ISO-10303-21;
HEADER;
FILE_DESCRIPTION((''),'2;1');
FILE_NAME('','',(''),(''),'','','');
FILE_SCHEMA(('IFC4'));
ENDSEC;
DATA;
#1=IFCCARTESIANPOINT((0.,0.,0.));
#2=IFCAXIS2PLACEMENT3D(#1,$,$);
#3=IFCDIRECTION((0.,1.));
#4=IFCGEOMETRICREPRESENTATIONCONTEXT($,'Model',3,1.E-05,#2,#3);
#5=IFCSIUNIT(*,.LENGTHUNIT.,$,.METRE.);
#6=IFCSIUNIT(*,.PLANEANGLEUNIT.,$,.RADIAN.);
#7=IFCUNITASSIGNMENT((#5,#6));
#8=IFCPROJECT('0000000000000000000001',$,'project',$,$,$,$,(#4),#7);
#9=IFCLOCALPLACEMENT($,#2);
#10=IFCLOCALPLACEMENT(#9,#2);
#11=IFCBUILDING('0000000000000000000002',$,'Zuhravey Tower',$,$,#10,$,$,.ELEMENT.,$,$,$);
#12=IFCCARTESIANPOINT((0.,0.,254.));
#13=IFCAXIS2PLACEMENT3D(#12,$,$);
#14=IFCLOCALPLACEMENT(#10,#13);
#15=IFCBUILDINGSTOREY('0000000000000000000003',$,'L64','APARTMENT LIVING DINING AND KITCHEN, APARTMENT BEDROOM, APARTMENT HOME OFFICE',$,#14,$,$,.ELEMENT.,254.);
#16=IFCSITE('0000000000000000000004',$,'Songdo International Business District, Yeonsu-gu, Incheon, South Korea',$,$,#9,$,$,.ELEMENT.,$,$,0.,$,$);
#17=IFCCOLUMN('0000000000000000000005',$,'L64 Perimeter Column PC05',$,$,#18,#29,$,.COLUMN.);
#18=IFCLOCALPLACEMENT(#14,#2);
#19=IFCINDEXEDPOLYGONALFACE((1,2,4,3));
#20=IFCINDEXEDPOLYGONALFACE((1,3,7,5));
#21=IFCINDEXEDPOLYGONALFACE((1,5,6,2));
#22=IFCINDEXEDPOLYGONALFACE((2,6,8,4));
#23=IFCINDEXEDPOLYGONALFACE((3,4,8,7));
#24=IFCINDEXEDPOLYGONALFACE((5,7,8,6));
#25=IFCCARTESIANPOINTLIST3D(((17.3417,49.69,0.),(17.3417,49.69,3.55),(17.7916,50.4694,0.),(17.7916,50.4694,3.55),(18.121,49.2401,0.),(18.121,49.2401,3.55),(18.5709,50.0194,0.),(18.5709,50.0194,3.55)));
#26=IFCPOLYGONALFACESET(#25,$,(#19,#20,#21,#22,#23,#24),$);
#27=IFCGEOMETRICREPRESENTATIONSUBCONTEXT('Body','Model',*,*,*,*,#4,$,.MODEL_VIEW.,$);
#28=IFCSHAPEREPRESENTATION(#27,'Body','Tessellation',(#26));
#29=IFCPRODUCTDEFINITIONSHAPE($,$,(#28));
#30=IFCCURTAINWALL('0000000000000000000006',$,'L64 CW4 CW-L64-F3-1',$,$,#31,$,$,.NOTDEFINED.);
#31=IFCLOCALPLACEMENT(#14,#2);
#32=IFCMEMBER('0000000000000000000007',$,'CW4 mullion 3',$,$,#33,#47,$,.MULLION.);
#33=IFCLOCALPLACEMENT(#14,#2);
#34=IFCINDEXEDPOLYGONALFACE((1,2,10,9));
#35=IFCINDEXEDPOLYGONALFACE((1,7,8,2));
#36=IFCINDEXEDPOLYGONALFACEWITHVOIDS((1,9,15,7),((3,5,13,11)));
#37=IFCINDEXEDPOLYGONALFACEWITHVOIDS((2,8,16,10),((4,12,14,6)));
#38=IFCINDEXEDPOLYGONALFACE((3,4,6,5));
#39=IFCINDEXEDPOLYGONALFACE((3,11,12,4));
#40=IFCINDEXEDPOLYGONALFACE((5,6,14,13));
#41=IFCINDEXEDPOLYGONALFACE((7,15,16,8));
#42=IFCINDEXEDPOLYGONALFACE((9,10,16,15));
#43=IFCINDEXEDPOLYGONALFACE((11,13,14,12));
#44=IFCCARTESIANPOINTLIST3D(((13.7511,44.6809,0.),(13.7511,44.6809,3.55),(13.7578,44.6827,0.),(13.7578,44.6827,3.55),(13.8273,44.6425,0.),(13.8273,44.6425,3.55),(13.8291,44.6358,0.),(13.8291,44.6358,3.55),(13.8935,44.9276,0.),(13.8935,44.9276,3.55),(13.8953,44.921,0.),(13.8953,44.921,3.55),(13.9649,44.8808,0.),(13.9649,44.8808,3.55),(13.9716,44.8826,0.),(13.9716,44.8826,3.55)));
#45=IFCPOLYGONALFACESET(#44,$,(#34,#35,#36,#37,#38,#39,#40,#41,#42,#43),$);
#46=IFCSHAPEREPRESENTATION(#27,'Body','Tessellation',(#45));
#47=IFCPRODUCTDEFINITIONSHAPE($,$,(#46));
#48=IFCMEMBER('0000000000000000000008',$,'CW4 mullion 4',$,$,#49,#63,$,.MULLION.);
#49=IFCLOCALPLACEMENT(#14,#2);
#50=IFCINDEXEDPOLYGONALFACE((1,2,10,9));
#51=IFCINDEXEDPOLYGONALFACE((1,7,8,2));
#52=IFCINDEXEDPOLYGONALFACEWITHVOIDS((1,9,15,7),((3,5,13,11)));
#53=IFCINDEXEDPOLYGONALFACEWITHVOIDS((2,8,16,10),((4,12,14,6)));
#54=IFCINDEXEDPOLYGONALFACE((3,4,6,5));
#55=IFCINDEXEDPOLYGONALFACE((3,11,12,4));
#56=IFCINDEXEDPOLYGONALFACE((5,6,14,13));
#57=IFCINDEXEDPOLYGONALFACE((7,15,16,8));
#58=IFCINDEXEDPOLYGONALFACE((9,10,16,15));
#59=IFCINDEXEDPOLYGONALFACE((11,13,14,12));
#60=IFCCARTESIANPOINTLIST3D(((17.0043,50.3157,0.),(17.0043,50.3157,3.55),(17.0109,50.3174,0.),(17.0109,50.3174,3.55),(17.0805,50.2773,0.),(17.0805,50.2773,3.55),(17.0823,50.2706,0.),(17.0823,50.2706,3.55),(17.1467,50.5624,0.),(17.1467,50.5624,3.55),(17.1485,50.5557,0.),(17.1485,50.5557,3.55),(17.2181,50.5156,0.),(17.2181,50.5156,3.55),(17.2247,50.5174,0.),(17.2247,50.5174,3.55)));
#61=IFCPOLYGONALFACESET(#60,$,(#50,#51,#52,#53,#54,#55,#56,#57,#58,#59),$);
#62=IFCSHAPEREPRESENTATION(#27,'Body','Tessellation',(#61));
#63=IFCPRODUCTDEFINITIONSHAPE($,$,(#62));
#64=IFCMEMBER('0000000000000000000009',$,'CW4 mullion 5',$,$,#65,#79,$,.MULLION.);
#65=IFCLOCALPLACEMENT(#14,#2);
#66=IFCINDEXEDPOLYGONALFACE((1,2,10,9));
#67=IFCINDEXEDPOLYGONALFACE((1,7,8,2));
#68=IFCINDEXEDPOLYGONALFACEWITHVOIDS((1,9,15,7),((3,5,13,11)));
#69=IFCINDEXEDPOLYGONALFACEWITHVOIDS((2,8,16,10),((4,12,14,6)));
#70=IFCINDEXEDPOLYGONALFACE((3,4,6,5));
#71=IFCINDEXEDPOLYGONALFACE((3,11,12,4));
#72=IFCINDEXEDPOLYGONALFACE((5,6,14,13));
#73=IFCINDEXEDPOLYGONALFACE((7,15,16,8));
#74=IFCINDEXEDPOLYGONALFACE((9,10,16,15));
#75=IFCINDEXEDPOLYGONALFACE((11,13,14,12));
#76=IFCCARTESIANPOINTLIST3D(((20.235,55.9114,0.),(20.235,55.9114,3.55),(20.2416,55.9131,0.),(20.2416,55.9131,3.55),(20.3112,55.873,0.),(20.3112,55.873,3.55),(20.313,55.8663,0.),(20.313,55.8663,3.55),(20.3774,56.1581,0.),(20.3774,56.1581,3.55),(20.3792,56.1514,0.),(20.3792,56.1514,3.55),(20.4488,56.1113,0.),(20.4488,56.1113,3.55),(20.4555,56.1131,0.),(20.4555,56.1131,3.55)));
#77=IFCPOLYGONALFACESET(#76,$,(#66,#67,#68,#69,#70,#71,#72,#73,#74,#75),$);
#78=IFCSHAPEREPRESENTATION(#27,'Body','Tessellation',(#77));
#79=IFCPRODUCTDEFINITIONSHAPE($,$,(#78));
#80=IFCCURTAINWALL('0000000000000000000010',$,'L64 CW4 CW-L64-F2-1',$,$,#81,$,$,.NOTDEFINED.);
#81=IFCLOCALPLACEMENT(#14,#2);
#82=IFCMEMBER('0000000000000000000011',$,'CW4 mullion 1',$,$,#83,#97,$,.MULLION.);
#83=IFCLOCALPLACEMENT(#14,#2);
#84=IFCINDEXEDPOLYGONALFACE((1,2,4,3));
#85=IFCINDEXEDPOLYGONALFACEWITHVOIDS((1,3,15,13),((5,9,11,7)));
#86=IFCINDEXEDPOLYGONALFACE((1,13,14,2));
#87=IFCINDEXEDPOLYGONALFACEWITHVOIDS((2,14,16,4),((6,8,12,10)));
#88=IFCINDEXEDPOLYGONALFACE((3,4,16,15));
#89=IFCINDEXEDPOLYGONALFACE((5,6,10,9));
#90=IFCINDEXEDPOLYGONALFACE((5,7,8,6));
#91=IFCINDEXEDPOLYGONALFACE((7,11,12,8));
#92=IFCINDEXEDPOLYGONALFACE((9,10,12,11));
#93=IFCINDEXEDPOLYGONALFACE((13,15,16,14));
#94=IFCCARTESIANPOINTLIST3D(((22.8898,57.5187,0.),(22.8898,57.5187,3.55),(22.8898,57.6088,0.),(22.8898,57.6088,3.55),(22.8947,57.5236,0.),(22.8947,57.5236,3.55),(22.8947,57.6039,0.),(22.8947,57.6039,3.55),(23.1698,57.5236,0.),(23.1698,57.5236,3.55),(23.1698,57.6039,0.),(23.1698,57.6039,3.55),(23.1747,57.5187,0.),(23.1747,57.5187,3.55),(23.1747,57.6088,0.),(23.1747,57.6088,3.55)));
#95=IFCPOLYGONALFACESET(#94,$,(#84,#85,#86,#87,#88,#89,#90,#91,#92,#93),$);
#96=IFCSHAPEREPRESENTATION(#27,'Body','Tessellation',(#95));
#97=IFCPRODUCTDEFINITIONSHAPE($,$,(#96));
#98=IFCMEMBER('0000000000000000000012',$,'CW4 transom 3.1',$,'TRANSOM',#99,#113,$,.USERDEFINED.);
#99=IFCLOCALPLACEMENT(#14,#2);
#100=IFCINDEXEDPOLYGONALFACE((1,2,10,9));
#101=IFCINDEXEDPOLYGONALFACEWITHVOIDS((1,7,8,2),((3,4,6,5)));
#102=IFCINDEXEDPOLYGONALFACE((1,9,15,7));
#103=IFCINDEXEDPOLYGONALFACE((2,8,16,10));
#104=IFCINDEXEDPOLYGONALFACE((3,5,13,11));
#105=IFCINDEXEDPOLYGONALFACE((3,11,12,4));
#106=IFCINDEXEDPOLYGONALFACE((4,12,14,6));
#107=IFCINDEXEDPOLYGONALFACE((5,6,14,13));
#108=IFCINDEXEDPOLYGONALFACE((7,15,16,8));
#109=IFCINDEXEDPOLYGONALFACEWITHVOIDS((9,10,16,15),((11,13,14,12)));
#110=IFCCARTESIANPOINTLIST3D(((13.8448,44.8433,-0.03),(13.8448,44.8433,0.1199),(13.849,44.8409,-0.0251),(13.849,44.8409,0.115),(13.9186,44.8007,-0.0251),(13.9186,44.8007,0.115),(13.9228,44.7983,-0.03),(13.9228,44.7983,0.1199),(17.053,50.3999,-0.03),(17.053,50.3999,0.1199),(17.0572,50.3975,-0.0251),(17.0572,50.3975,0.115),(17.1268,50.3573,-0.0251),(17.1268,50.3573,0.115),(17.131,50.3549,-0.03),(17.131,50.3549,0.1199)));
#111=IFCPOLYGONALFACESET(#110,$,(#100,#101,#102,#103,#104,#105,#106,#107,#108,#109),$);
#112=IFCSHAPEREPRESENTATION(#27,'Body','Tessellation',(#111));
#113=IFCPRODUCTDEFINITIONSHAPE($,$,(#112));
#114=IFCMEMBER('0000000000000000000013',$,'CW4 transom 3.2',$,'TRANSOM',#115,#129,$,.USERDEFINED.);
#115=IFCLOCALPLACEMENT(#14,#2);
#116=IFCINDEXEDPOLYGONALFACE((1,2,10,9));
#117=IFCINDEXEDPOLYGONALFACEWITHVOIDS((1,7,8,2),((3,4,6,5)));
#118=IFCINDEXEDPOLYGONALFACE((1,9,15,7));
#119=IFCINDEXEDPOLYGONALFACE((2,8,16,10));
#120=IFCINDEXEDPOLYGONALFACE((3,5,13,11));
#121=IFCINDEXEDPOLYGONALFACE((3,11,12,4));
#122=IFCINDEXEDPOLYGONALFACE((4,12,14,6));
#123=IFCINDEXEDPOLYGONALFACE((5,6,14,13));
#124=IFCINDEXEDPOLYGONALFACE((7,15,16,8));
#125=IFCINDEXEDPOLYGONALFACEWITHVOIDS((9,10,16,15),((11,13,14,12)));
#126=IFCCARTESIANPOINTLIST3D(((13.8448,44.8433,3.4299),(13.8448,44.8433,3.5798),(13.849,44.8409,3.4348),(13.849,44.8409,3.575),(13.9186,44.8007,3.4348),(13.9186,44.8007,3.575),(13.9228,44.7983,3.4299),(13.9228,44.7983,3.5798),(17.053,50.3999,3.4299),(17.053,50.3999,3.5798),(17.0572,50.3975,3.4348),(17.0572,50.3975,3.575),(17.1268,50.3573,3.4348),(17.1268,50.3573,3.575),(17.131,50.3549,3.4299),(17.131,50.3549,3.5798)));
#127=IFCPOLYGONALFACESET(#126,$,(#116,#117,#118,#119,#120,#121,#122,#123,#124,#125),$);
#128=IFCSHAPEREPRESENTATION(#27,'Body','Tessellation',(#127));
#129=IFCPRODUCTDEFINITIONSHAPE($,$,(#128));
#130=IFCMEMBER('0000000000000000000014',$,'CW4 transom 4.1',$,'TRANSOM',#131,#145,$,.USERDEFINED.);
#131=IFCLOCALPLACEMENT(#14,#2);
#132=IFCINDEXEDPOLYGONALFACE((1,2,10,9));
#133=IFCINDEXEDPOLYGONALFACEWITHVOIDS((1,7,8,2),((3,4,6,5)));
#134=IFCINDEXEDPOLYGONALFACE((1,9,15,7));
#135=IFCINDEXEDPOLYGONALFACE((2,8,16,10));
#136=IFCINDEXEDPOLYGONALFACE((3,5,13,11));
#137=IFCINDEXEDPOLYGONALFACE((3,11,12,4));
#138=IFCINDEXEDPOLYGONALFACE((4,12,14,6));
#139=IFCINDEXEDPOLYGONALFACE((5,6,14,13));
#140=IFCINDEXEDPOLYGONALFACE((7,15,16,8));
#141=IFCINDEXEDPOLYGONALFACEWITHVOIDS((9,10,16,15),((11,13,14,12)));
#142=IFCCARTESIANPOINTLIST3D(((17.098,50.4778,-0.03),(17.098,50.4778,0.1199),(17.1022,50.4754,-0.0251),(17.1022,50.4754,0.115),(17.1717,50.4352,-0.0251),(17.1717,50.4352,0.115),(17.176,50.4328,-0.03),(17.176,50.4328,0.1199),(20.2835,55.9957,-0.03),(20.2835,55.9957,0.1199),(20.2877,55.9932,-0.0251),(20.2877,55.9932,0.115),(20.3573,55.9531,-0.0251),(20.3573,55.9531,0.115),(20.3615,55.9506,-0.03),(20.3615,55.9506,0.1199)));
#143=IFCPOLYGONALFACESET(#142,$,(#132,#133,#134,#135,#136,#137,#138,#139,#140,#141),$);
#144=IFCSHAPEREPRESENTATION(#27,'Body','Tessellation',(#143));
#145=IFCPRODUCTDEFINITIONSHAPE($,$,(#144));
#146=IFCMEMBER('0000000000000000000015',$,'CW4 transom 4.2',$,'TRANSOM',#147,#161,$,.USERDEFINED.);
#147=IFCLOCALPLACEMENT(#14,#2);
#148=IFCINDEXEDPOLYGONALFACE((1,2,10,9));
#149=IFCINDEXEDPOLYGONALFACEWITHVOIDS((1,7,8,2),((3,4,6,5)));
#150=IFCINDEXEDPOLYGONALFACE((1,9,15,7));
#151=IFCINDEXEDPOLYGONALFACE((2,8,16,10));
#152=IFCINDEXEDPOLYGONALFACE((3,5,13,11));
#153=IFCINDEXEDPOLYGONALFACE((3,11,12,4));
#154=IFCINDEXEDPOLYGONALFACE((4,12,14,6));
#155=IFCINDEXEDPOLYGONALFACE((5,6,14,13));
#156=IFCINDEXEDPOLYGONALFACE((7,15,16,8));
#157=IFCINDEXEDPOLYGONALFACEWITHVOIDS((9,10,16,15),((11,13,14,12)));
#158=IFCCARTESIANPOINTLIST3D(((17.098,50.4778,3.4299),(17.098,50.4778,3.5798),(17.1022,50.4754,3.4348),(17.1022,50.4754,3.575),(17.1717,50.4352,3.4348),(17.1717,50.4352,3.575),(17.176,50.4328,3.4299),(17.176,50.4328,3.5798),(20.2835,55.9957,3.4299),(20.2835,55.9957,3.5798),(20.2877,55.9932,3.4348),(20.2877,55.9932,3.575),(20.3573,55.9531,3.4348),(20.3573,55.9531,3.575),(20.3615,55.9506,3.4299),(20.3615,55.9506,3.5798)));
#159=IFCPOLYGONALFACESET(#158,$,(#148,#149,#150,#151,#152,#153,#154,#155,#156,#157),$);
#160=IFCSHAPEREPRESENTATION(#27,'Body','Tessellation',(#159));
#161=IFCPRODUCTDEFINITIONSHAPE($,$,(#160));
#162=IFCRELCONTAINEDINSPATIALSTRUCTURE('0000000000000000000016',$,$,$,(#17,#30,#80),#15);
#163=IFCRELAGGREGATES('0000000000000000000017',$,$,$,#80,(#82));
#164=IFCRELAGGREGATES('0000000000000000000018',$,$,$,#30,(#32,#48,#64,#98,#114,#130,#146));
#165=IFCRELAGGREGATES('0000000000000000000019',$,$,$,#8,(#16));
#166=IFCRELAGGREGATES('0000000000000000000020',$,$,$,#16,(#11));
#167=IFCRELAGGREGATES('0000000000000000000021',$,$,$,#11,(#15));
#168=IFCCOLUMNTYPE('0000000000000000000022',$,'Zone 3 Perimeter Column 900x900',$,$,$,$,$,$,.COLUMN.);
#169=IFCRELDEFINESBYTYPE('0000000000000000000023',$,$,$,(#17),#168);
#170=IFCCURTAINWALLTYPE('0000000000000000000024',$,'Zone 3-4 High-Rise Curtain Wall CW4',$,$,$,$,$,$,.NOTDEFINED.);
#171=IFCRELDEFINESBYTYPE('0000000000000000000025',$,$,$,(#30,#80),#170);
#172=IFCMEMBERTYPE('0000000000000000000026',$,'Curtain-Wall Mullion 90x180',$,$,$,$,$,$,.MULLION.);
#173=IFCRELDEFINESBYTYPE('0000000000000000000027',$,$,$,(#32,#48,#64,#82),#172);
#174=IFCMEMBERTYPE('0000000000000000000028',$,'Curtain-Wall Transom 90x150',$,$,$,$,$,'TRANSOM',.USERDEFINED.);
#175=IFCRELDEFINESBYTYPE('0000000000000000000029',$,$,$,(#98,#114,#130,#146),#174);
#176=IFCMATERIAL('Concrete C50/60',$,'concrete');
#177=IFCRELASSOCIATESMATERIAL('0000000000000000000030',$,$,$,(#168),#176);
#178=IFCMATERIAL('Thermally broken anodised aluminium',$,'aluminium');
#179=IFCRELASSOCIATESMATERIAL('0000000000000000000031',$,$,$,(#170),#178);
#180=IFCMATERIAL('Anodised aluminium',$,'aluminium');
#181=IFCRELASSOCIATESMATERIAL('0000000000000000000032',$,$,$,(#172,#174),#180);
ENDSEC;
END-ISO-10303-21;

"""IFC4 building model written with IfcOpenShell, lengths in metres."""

from ifc_helpers import new_model, si_unit, direction, frame, origin, origin_2d, place, context, subcontext, project, spatial, rectangle, hollow_rectangle, extrude, material, material_profile, profile_set, type_object, element, aggregate, save


model = new_model("IFC4")

# Units and contexts
model_context = context("Model", 3, precision=1e-05, world=origin(), true_north=direction((0.0, 1.0)))
body_context = subcontext(model_context, "Body", "Model", "MODEL_VIEW")
ifc_project = project(units=[si_unit("LENGTHUNIT", "METRE"), si_unit("PLANEANGLEUNIT", "RADIAN")], contexts=[model_context])

# Site, building, storey
site_placement = place(None, origin())
site = spatial("IfcSite", under=ifc_project, at=site_placement, Name="Songdo International Business District, Yeonsu-gu, Incheon, South Korea", CompositionType="ELEMENT", RefElevation=0.0)
building_placement = place(site_placement, origin())
building = spatial("IfcBuilding", under=site, at=building_placement, Name="Zuhravey Tower", CompositionType="ELEMENT")
storey_placement = place(building_placement, frame((0.0, 0.0, 254.0)))
storey = spatial("IfcBuildingStorey", under=building, at=storey_placement, Name="L64", Description="APARTMENT LIVING DINING AND KITCHEN, APARTMENT BEDROOM, APARTMENT HOME OFFICE", CompositionType="ELEMENT", Elevation=254.0)

# Column
ifc_material_1 = material(Name="Concrete C50/60", Category="concrete")
ifc_material_profile_1 = material_profile(ifc_material_1, rectangle(XDim=0.8999, YDim=0.8999, at=origin_2d()), Name="RC-900x900")
ifc_profile_set_1 = profile_set([ifc_material_profile_1], Name="Concrete C50/60")
column_type = type_object("IfcColumnType", Name="Zone 3 Perimeter Column 900x900", PredefinedType="COLUMN", material=ifc_profile_set_1)
column_placement = place(storey_placement, frame((17.9563, 49.8547, 0.0), z_axis=(0.0, 0.0, 1.0), x_axis=(-0.5, -0.866025, 0.0)))
element("IfcColumn", 1, at=column_placement, inside=storey, type_object=column_type, Name="L64 Perimeter Column PC05", PredefinedType="COLUMN", context=body_context, shape_type="SweptSolid", body=[
    extrude(rectangle(XDim=0.8999, YDim=0.8999, at=origin_2d()), origin(), (0.0, 0.0, 1.0), 3.55),
])

# Curtain wall, members
ifc_material_2 = material(Name="Thermally broken anodised aluminium", Category="aluminium")
curtain_wall_type = type_object("IfcCurtainWallType", Name="Zone 3-4 High-Rise Curtain Wall CW4", PredefinedType="NOTDEFINED", material=ifc_material_2)
curtain_wall_1_placement = place(storey_placement, origin())
curtain_wall_1 = element("IfcCurtainWall", 2, at=curtain_wall_1_placement, inside=storey, type_object=curtain_wall_type, Name="L64 CW4 CW-L64-F3-1", PredefinedType="NOTDEFINED")
ifc_material_3 = material(Name="Anodised aluminium", Category="aluminium")
ifc_material_profile_2 = material_profile(ifc_material_3, hollow_rectangle(XDim=0.0901, YDim=0.2849, WallThickness=0.0049, at=origin_2d()), Name="ALU-RHS-90x285x5")
ifc_profile_set_2 = profile_set([ifc_material_profile_2], Name="Anodised aluminium")
member_type_1 = type_object("IfcMemberType", Name="Curtain-Wall Mullion 90x180", PredefinedType="MULLION", material=ifc_profile_set_2)
member_1_placement = place(storey_placement, frame((13.8613, 44.7817, 0.0), z_axis=(0.0, 0.0, 1.0), x_axis=(-0.866025, 0.500001, 0.0)))
member_1 = element("IfcMember", 3, at=member_1_placement, type_object=member_type_1, Name="CW4 mullion 3", PredefinedType="MULLION", context=body_context, shape_type="SweptSolid", body=[
    extrude(hollow_rectangle(XDim=0.0901, YDim=0.2849, WallThickness=0.0049, at=origin_2d()), origin(), (0.0, 0.0, 1.0), 3.55),
])
member_2_placement = place(storey_placement, frame((17.1145, 50.4165, 0.0), z_axis=(0.0, 0.0, 1.0), x_axis=(-0.866025, 0.500001, 0.0)))
member_2 = element("IfcMember", 4, at=member_2_placement, type_object=member_type_1, Name="CW4 mullion 4", PredefinedType="MULLION", context=body_context, shape_type="SweptSolid", body=[
    extrude(hollow_rectangle(XDim=0.0901, YDim=0.2849, WallThickness=0.0049, at=origin_2d()), origin(), (0.0, 0.0, 1.0), 3.55),
])
member_3_placement = place(storey_placement, frame((20.3452, 56.0122, 0.0), z_axis=(0.0, 0.0, 1.0), x_axis=(-0.866025, 0.500001, 0.0)))
member_3 = element("IfcMember", 5, at=member_3_placement, type_object=member_type_1, Name="CW4 mullion 5", PredefinedType="MULLION", context=body_context, shape_type="SweptSolid", body=[
    extrude(hollow_rectangle(XDim=0.0901, YDim=0.2849, WallThickness=0.0049, at=origin_2d()), origin(), (0.0, 0.0, 1.0), 3.55),
])

# Curtain wall, member
curtain_wall_2_placement = place(storey_placement, origin())
curtain_wall_2 = element("IfcCurtainWall", 6, at=curtain_wall_2_placement, inside=storey, type_object=curtain_wall_type, Name="L64 CW4 CW-L64-F2-1", PredefinedType="NOTDEFINED")
member_4_placement = place(storey_placement, frame((23.0322, 57.5637, 0.0), z_axis=(0.0, 0.0, 1.0), x_axis=(0.0, 1.0, 0.0)))
member_4 = element("IfcMember", 7, at=member_4_placement, type_object=member_type_1, Name="CW4 mullion 1", PredefinedType="MULLION", context=body_context, shape_type="SweptSolid", body=[
    extrude(hollow_rectangle(XDim=0.0901, YDim=0.2849, WallThickness=0.0049, at=origin_2d()), origin(), (0.0, 0.0, 1.0), 3.55),
])
aggregate(curtain_wall_2, [member_4])

# Members
ifc_material_profile_3 = material_profile(ifc_material_3, hollow_rectangle(XDim=0.0901, YDim=0.1499, WallThickness=0.0049, at=origin_2d()), Name="ALU-RHS-90x150x5")
ifc_profile_set_3 = profile_set([ifc_material_profile_3], Name="Anodised aluminium")
member_type_2 = type_object("IfcMemberType", Name="Curtain-Wall Transom 90x150", ElementType="TRANSOM", PredefinedType="USERDEFINED", material=ifc_profile_set_3)
member_5_placement = place(storey_placement, frame((13.8838, 44.8208, 0.0449), z_axis=(0.500014, 0.866017, 0.0), x_axis=(-0.866017, 0.500014, 0.0)))
member_5 = element("IfcMember", 8, at=member_5_placement, type_object=member_type_2, Name="CW4 transom 3.1", ObjectType="TRANSOM", PredefinedType="USERDEFINED", context=body_context, shape_type="SweptSolid", body=[
    extrude(hollow_rectangle(XDim=0.0901, YDim=0.1499, WallThickness=0.0049, at=origin_2d()), origin(), (0.0, 0.0, 1.0), 6.4163),
])
member_6_placement = place(storey_placement, frame((13.8838, 44.8208, 3.5049), z_axis=(0.500014, 0.866017, 0.0), x_axis=(-0.866017, 0.500014, 0.0)))
member_6 = element("IfcMember", 9, at=member_6_placement, type_object=member_type_2, Name="CW4 transom 3.2", ObjectType="TRANSOM", PredefinedType="USERDEFINED", context=body_context, shape_type="SweptSolid", body=[
    extrude(hollow_rectangle(XDim=0.0901, YDim=0.1499, WallThickness=0.0049, at=origin_2d()), origin(), (0.0, 0.0, 1.0), 6.4163),
])
member_7_placement = place(storey_placement, frame((17.137, 50.4553, 0.0449), z_axis=(0.49998, 0.866037, 0.0), x_axis=(-0.866037, 0.49998, 0.0)))
member_7 = element("IfcMember", 10, at=member_7_placement, type_object=member_type_2, Name="CW4 transom 4.1", ObjectType="TRANSOM", PredefinedType="USERDEFINED", context=body_context, shape_type="SweptSolid", body=[
    extrude(hollow_rectangle(XDim=0.0901, YDim=0.1499, WallThickness=0.0049, at=origin_2d()), origin(), (0.0, 0.0, 1.0), 6.3713),
])
member_8_placement = place(storey_placement, frame((17.137, 50.4553, 3.5049), z_axis=(0.49998, 0.866037, 0.0), x_axis=(-0.866037, 0.49998, 0.0)))
member_8 = element("IfcMember", 11, at=member_8_placement, type_object=member_type_2, Name="CW4 transom 4.2", ObjectType="TRANSOM", PredefinedType="USERDEFINED", context=body_context, shape_type="SweptSolid", body=[
    extrude(hollow_rectangle(XDim=0.0901, YDim=0.1499, WallThickness=0.0049, at=origin_2d()), origin(), (0.0, 0.0, 1.0), 6.3713),
])

aggregate(curtain_wall_1, [member_1, member_2, member_3, member_5, member_6, member_7, member_8])

save(model, "model.ifc")
